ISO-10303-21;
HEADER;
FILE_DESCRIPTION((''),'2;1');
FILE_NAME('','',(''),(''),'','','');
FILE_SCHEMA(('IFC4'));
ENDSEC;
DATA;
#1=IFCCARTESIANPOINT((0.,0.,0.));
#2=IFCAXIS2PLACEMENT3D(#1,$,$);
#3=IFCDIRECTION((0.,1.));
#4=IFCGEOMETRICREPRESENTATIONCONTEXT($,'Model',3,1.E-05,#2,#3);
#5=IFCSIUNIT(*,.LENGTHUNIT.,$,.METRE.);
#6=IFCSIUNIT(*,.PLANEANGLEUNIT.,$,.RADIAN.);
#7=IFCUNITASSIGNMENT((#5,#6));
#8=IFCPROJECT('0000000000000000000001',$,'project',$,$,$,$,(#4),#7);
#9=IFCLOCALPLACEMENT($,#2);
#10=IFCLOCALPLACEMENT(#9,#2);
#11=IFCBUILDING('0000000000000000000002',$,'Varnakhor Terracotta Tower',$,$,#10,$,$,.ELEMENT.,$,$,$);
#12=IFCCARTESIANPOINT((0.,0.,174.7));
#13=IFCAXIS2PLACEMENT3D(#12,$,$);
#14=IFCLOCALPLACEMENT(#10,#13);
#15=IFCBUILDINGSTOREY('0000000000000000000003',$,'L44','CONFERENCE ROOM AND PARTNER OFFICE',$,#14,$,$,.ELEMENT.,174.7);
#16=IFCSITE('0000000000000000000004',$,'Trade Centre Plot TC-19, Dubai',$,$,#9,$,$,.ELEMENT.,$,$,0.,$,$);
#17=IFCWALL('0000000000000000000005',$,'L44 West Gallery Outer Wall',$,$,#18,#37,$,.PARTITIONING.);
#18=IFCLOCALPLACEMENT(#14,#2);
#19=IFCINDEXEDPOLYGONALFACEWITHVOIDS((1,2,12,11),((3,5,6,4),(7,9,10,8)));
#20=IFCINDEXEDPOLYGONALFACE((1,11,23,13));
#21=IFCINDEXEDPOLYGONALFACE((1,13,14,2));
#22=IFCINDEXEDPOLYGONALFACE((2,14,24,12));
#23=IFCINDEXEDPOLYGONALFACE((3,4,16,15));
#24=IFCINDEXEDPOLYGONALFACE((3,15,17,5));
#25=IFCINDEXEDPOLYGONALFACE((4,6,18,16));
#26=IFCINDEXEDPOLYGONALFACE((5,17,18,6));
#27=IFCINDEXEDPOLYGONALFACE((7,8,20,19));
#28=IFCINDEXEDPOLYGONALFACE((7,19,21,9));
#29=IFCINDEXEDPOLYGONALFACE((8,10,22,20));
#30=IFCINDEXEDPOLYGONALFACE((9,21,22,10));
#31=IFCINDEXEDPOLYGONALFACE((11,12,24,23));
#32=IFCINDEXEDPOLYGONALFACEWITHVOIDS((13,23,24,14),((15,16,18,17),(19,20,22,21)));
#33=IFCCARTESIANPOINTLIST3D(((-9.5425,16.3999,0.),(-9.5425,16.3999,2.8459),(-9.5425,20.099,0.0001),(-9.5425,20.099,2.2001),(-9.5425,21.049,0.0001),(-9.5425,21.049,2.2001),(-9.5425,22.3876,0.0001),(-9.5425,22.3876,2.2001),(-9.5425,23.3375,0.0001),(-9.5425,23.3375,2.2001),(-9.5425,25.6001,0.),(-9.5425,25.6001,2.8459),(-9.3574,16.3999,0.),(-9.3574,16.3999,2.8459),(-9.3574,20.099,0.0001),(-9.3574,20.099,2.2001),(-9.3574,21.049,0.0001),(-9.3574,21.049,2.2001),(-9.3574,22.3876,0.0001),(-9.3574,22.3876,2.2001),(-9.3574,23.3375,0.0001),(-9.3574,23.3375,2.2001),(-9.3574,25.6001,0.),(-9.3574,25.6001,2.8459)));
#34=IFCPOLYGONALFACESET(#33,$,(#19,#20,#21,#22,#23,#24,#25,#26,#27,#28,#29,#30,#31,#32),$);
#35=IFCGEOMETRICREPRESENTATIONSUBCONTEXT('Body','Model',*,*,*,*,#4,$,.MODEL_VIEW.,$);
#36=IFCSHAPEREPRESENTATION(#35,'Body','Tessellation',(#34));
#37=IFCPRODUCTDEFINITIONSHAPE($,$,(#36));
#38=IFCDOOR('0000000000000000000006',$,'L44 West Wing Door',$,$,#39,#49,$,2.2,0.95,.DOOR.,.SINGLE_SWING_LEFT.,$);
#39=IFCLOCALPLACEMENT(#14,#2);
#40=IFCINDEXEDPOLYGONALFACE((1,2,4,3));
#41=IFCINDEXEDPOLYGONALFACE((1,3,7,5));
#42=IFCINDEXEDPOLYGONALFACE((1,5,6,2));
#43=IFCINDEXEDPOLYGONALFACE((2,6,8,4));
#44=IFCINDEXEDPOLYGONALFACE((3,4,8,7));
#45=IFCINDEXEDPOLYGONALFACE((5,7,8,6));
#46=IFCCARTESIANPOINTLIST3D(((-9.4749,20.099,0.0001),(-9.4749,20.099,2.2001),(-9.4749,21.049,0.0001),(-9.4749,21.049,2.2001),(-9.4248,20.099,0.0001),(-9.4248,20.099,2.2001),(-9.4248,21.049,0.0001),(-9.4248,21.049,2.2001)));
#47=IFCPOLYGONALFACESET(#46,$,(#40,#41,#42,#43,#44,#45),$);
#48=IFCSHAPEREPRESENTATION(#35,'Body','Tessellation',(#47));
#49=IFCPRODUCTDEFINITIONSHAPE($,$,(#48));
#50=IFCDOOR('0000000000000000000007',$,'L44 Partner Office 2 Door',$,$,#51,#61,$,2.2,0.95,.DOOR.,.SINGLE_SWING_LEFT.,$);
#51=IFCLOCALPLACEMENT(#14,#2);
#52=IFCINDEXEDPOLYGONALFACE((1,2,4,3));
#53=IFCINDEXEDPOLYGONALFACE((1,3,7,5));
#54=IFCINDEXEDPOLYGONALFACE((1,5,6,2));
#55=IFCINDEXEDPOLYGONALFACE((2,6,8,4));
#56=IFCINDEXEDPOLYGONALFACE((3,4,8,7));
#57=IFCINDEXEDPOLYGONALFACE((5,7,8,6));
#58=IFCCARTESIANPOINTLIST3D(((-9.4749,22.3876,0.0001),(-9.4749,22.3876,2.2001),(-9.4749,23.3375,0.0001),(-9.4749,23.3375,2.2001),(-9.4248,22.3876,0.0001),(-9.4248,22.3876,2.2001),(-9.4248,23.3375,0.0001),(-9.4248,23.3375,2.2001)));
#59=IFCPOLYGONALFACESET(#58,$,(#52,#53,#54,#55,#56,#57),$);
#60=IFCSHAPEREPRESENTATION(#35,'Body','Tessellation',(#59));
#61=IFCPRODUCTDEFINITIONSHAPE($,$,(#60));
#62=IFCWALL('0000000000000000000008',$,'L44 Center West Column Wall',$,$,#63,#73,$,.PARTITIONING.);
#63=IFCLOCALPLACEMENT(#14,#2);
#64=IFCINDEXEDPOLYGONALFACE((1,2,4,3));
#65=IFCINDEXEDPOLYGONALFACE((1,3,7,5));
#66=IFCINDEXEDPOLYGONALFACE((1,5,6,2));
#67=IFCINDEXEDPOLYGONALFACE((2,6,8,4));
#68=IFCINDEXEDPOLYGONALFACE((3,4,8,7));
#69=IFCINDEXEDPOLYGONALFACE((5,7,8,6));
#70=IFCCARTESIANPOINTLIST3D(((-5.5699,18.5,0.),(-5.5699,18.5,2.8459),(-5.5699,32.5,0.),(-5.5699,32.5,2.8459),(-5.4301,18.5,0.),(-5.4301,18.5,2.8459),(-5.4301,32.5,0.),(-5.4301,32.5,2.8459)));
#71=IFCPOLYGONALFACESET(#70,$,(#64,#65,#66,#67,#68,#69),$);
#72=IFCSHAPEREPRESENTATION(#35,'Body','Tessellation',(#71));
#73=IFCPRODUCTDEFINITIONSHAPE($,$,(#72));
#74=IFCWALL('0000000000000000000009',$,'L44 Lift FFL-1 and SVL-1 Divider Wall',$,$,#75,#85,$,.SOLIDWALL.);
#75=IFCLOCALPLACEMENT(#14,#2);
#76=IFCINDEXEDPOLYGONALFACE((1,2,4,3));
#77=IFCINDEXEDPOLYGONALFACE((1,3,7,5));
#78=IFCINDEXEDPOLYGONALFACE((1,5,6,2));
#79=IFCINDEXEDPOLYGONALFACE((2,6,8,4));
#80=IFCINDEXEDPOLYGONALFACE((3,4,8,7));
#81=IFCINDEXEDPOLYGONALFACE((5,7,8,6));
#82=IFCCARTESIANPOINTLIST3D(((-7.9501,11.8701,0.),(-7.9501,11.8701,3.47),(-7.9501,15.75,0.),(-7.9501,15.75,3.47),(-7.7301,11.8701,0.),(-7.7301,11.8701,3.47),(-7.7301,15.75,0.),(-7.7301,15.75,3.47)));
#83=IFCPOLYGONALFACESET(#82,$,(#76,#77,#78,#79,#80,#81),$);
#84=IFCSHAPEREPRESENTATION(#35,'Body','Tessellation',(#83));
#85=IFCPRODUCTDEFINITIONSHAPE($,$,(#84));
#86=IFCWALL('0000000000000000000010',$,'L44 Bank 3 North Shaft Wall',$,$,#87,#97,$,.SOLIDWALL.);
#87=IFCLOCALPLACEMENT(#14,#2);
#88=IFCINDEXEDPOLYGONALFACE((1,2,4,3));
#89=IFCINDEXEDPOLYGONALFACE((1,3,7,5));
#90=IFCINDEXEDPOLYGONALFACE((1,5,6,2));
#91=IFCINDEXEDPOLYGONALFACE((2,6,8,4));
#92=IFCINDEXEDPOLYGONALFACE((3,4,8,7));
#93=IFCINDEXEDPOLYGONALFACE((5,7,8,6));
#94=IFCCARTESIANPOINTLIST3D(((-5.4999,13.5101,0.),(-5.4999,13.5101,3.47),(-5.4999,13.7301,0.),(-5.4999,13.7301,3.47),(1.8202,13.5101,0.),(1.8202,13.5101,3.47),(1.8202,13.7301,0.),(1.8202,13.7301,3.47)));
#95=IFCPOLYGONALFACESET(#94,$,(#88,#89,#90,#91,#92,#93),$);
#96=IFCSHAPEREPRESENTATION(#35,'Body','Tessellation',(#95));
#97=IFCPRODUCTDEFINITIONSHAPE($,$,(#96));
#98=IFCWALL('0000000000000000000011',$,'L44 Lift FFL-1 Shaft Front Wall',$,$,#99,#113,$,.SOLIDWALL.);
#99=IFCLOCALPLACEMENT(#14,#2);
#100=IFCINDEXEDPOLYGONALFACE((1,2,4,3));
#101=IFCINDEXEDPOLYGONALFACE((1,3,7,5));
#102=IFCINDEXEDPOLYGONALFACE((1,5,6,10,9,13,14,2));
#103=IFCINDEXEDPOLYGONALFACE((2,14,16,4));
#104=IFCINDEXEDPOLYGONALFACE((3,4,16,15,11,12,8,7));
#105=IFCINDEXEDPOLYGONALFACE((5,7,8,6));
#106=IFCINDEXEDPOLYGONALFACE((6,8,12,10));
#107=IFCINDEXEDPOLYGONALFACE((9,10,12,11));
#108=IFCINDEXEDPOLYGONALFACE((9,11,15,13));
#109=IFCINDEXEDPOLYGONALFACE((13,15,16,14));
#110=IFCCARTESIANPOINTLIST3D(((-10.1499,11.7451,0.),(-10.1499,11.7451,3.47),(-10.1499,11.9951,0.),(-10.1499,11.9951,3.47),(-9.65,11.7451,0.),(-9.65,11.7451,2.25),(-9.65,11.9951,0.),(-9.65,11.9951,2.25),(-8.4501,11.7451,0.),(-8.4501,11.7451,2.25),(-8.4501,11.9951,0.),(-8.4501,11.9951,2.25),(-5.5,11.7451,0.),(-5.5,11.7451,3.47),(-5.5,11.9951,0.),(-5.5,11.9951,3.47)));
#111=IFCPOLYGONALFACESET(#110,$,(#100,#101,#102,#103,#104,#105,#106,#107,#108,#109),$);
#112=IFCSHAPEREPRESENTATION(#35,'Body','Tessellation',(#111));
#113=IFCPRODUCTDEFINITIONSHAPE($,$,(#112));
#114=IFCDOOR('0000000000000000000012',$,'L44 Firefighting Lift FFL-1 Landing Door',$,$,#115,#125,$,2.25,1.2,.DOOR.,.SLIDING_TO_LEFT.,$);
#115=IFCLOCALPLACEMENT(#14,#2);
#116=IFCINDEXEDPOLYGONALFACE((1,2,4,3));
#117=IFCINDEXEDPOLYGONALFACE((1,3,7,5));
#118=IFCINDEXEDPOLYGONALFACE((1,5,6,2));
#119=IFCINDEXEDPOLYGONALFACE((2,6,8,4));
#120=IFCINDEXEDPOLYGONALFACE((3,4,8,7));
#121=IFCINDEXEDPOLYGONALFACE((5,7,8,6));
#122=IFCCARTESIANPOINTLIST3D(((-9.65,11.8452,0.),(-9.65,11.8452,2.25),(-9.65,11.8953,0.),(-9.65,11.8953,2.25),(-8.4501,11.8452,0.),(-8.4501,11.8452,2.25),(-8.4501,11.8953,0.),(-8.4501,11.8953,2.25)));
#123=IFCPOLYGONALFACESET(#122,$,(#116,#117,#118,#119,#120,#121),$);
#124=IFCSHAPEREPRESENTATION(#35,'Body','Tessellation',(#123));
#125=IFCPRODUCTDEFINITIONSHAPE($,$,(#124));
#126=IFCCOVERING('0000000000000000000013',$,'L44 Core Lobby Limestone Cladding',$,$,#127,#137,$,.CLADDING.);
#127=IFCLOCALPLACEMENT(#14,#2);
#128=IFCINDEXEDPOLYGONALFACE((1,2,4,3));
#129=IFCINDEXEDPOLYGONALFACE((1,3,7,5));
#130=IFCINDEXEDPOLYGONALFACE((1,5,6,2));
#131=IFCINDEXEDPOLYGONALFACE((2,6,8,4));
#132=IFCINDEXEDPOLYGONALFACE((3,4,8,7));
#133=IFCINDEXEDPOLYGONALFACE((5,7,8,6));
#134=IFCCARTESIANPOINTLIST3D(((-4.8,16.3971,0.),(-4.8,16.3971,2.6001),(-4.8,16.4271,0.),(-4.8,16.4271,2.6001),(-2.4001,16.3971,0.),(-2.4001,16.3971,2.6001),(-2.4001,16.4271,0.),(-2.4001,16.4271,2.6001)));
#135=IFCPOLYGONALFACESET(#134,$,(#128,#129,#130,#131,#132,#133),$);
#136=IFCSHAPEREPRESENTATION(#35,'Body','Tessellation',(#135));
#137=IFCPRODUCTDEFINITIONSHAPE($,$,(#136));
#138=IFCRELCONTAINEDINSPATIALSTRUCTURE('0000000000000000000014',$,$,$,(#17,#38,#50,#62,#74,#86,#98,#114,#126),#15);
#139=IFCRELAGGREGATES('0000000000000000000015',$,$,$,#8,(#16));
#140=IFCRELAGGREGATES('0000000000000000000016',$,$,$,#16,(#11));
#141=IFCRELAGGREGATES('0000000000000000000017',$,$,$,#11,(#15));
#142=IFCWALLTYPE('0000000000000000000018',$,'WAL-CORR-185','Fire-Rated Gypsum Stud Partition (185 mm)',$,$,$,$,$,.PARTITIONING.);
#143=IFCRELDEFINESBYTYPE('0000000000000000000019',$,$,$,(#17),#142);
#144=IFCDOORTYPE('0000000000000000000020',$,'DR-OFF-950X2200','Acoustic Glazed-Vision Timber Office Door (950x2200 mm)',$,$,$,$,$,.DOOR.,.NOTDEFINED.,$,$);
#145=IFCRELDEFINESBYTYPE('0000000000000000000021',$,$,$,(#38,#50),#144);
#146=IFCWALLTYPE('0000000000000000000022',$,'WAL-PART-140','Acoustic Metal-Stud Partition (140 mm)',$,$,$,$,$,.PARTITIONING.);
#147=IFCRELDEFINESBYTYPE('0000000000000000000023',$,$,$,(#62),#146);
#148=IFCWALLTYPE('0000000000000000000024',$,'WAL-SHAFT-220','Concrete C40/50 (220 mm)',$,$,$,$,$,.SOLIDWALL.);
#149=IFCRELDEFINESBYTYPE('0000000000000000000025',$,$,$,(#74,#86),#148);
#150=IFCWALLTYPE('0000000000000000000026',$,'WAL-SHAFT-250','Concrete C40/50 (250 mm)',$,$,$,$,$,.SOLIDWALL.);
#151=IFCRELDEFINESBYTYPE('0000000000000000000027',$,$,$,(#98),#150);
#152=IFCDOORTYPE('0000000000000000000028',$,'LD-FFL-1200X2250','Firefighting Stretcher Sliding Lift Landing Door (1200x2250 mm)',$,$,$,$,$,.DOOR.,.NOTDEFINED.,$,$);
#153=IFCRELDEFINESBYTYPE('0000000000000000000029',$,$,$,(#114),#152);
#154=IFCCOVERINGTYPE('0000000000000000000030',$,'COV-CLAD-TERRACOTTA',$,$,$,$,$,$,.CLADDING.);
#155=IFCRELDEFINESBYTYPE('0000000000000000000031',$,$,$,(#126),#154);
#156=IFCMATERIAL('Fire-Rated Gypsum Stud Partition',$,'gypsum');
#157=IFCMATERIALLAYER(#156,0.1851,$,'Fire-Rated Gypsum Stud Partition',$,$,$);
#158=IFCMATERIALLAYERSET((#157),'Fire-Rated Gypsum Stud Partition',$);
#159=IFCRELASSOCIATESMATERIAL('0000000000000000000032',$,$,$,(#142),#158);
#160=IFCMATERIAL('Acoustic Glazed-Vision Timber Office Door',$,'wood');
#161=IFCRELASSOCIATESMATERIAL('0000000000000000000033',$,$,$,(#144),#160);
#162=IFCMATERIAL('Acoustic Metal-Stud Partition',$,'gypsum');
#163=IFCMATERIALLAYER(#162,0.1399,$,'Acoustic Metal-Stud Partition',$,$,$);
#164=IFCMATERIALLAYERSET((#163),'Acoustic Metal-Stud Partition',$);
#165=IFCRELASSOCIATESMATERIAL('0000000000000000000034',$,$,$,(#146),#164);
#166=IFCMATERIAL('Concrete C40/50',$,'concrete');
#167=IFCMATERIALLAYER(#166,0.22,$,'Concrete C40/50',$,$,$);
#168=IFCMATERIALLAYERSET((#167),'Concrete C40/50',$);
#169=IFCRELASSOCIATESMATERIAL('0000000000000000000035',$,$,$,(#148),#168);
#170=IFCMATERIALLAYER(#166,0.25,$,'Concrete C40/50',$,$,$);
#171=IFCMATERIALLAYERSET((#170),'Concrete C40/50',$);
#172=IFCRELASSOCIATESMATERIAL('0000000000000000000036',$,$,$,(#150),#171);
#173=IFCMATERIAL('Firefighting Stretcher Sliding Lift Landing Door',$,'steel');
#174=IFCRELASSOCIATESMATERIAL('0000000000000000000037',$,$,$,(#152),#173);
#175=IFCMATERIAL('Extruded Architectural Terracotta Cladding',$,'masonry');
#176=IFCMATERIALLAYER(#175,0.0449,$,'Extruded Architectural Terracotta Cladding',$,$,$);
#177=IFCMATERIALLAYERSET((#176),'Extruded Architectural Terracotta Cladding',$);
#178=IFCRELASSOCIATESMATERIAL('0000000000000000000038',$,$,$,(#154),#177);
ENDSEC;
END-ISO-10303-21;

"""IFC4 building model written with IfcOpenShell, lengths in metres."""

from ifc_helpers import new_model, si_unit, direction, frame, frame_2d, origin, origin_2d, place, context, subcontext, project, spatial, rectangle, extrude, source, transform, mapped, material, layer, layer_set, type_object, type_shapes, element, fill, save


model = new_model("IFC4")

# Units and contexts
model_context = context("Model", 3, precision=1e-05, world=origin(), true_north=direction((0.0, 1.0)))
body_context = subcontext(model_context, "Body", "Model", "MODEL_VIEW")
ifc_project = project(units=[si_unit("LENGTHUNIT", "METRE"), si_unit("PLANEANGLEUNIT", "RADIAN")], contexts=[model_context])

# Site, building, storey
site_placement = place(None, origin())
site = spatial("IfcSite", under=ifc_project, at=site_placement, Name="Trade Centre Plot TC-19, Dubai", CompositionType="ELEMENT", RefElevation=0.0)
building_placement = place(site_placement, origin())
building = spatial("IfcBuilding", under=site, at=building_placement, Name="Varnakhor Terracotta Tower", CompositionType="ELEMENT")
storey_placement = place(building_placement, frame((0.0, 0.0, 174.7)))
storey = spatial("IfcBuildingStorey", under=building, at=storey_placement, Name="L44", Description="CONFERENCE ROOM AND PARTNER OFFICE", CompositionType="ELEMENT", Elevation=174.7)

# Shared definitions
ifc_material_1 = material(Name="Fire-Rated Gypsum Stud Partition", Category="gypsum")
ifc_layer_1 = layer(ifc_material_1, 0.1851, Name="Fire-Rated Gypsum Stud Partition")
ifc_layer_set_1 = layer_set([ifc_layer_1], Name="Fire-Rated Gypsum Stud Partition")
wall_type_1 = type_object("IfcWallType", Name="WAL-CORR-185", Description="Fire-Rated Gypsum Stud Partition (185 mm)", PredefinedType="PARTITIONING", material=ifc_layer_set_1)
ifc_material_2 = material(Name="Acoustic Glazed-Vision Timber Office Door", Category="wood")
door_type_1 = type_object("IfcDoorType", Name="DR-OFF-950X2200", Description="Acoustic Glazed-Vision Timber Office Door (950x2200 mm)", OperationType="NOTDEFINED", PredefinedType="DOOR", material=ifc_material_2)
shared_shape_1 = source(origin(), body_context, "Body", "SweptSolid", [
    extrude(rectangle(XDim=0.95, YDim=2.2, at=frame_2d((0.4751, 1.1001))), frame((0.0, 0.0249, 0.0), z_axis=(0.0, -1.0, 0.0), x_axis=(1.0, 0.0, 0.0)), (0.0, 0.0, 1.0), 0.05),
])
type_shapes(door_type_1, [shared_shape_1])

# Wall, openings, doors
wall_1_placement = place(storey_placement, frame((-9.45, 16.3999, 0.0), z_axis=(0.0, 0.0, 1.0), x_axis=(0.0, 1.0, 0.0)))
wall_1 = element("IfcWall", 1, at=wall_1_placement, inside=storey, type_object=wall_type_1, Name="L44 West Gallery Outer Wall", PredefinedType="PARTITIONING", context=body_context, shape_type="SweptSolid", body=[
    extrude(rectangle(XDim=9.2002, YDim=0.1851, at=frame_2d((4.6001, 0.0))), origin(), (0.0, 0.0, 1.0), 2.8459),
])
opening_1_placement = place(wall_1_placement, frame((3.699, 0.0, 0.0)))
opening_1 = element("IfcOpeningElement", 2, at=opening_1_placement, cuts=wall_1, PredefinedType="OPENING", context=body_context, shape_type="SweptSolid", body=[
    extrude(rectangle(XDim=0.95, YDim=2.2, at=frame_2d((0.4751, 1.1001))), frame((0.0, 0.1025, 0.0), z_axis=(0.0, -1.0, 0.0), x_axis=(1.0, 0.0, 0.0)), (0.0, 0.0, 1.0), 0.2051),
])
opening_2_placement = place(wall_1_placement, frame((5.9875, 0.0, 0.0)))
opening_2 = element("IfcOpeningElement", 3, at=opening_2_placement, cuts=wall_1, PredefinedType="OPENING", context=body_context, shape_type="SweptSolid", body=[
    extrude(rectangle(XDim=0.95, YDim=2.2, at=frame_2d((0.4751, 1.1001))), frame((0.0, 0.1025, 0.0), z_axis=(0.0, -1.0, 0.0), x_axis=(1.0, 0.0, 0.0)), (0.0, 0.0, 1.0), 0.2051),
])
door_1_placement = place(opening_1_placement, origin())
door_1 = element("IfcDoor", 4, at=door_1_placement, inside=storey, type_object=door_type_1, Name="L44 West Wing Door", OperationType="SINGLE_SWING_LEFT", OverallHeight=2.2, OverallWidth=0.95, PredefinedType="DOOR", context=body_context, shape_type="MappedRepresentation", body=[
    mapped(shared_shape_1, transform((0.0, 0.0, 0.0), scale=1.0)),
])
fill(opening_1, door_1)
door_2_placement = place(opening_2_placement, origin())
door_2 = element("IfcDoor", 5, at=door_2_placement, inside=storey, type_object=door_type_1, Name="L44 Partner Office 2 Door", OperationType="SINGLE_SWING_LEFT", OverallHeight=2.2, OverallWidth=0.95, PredefinedType="DOOR", context=body_context, shape_type="MappedRepresentation", body=[
    mapped(shared_shape_1, transform((0.0, 0.0, 0.0), scale=1.0)),
])
fill(opening_2, door_2)

# Walls
ifc_material_3 = material(Name="Acoustic Metal-Stud Partition", Category="gypsum")
ifc_layer_2 = layer(ifc_material_3, 0.1399, Name="Acoustic Metal-Stud Partition")
ifc_layer_set_2 = layer_set([ifc_layer_2], Name="Acoustic Metal-Stud Partition")
wall_type_2 = type_object("IfcWallType", Name="WAL-PART-140", Description="Acoustic Metal-Stud Partition (140 mm)", PredefinedType="PARTITIONING", material=ifc_layer_set_2)
wall_2_placement = place(storey_placement, frame((-5.5, 18.5, 0.0), z_axis=(0.0, 0.0, 1.0), x_axis=(0.0, 1.0, 0.0)))
element("IfcWall", 6, at=wall_2_placement, inside=storey, type_object=wall_type_2, Name="L44 Center West Column Wall", PredefinedType="PARTITIONING", context=body_context, shape_type="SweptSolid", body=[
    extrude(rectangle(XDim=14.0, YDim=0.1399, at=frame_2d((7.0, 0.0))), origin(), (0.0, 0.0, 1.0), 2.8459),
])
ifc_material_4 = material(Name="Concrete C40/50", Category="concrete")
ifc_layer_3 = layer(ifc_material_4, 0.22, Name="Concrete C40/50")
ifc_layer_set_3 = layer_set([ifc_layer_3], Name="Concrete C40/50")
wall_type_3 = type_object("IfcWallType", Name="WAL-SHAFT-220", Description="Concrete C40/50 (220 mm)", PredefinedType="SOLIDWALL", material=ifc_layer_set_3)
wall_3_placement = place(storey_placement, frame((-7.8401, 11.8701, 0.0), z_axis=(0.0, 0.0, 1.0), x_axis=(0.0, 1.0, 0.0)))
element("IfcWall", 7, at=wall_3_placement, inside=storey, type_object=wall_type_3, Name="L44 Lift FFL-1 and SVL-1 Divider Wall", PredefinedType="SOLIDWALL", context=body_context, shape_type="SweptSolid", body=[
    extrude(rectangle(XDim=3.8799, YDim=0.22, at=frame_2d((1.9399, 0.0))), origin(), (0.0, 0.0, 1.0), 3.47),
])
wall_4_placement = place(storey_placement, frame((-5.5, 13.6201, 0.0), z_axis=(0.0, 0.0, 1.0), x_axis=(1.0, 0.0, 0.0)))
element("IfcWall", 8, at=wall_4_placement, inside=storey, type_object=wall_type_3, Name="L44 Bank 3 North Shaft Wall", PredefinedType="SOLIDWALL", context=body_context, shape_type="SweptSolid", body=[
    extrude(rectangle(XDim=7.3201, YDim=0.22, at=frame_2d((3.6602, 0.0))), origin(), (0.0, 0.0, 1.0), 3.47),
])

# Wall, opening, door
ifc_layer_4 = layer(ifc_material_4, 0.25, Name="Concrete C40/50")
ifc_layer_set_4 = layer_set([ifc_layer_4], Name="Concrete C40/50")
wall_type_4 = type_object("IfcWallType", Name="WAL-SHAFT-250", Description="Concrete C40/50 (250 mm)", PredefinedType="SOLIDWALL", material=ifc_layer_set_4)
wall_5_placement = place(storey_placement, frame((-5.5, 11.8701, 0.0), z_axis=(0.0, 0.0, 1.0), x_axis=(-1.0, 0.0, 0.0)))
wall_5 = element("IfcWall", 9, at=wall_5_placement, inside=storey, type_object=wall_type_4, Name="L44 Lift FFL-1 Shaft Front Wall", PredefinedType="SOLIDWALL", context=body_context, shape_type="SweptSolid", body=[
    extrude(rectangle(XDim=4.6499, YDim=0.25, at=frame_2d((2.325, 0.0))), origin(), (0.0, 0.0, 1.0), 3.47),
])
opening_3_placement = place(wall_5_placement, frame((2.95, 0.0, 0.0)))
opening_3 = element("IfcOpeningElement", 10, at=opening_3_placement, cuts=wall_5, PredefinedType="OPENING", context=body_context, shape_type="SweptSolid", body=[
    extrude(rectangle(XDim=1.2, YDim=2.25, at=frame_2d((0.6001, 1.125))), frame((0.0, 0.135, 0.0), z_axis=(0.0, -1.0, 0.0), x_axis=(1.0, 0.0, 0.0)), (0.0, 0.0, 1.0), 0.27),
])
ifc_material_5 = material(Name="Firefighting Stretcher Sliding Lift Landing Door", Category="steel")
door_type_2 = type_object("IfcDoorType", Name="LD-FFL-1200X2250", Description="Firefighting Stretcher Sliding Lift Landing Door (1200x2250 mm)", OperationType="NOTDEFINED", PredefinedType="DOOR", material=ifc_material_5)
shared_shape_2 = source(origin(), body_context, "Body", "SweptSolid", [
    extrude(rectangle(XDim=1.2, YDim=2.25, at=frame_2d((0.6001, 1.125))), frame((0.0, 0.0249, 0.0), z_axis=(0.0, -1.0, 0.0), x_axis=(1.0, 0.0, 0.0)), (0.0, 0.0, 1.0), 0.05),
])
type_shapes(door_type_2, [shared_shape_2])
door_3_placement = place(opening_3_placement, origin())
door_3 = element("IfcDoor", 11, at=door_3_placement, inside=storey, type_object=door_type_2, Name="L44 Firefighting Lift FFL-1 Landing Door", OperationType="SLIDING_TO_LEFT", OverallHeight=2.25, OverallWidth=1.2, PredefinedType="DOOR", context=body_context, shape_type="MappedRepresentation", body=[
    mapped(shared_shape_2, transform((0.0, 0.0, 0.0), scale=1.0)),
])
fill(opening_3, door_3)

# Covering
ifc_material_6 = material(Name="Extruded Architectural Terracotta Cladding", Category="masonry")
ifc_layer_5 = layer(ifc_material_6, 0.0449, Name="Extruded Architectural Terracotta Cladding")
ifc_layer_set_5 = layer_set([ifc_layer_5], Name="Extruded Architectural Terracotta Cladding")
covering_type = type_object("IfcCoveringType", Name="COV-CLAD-TERRACOTTA", PredefinedType="CLADDING", material=ifc_layer_set_5)
shared_shape_3 = source(origin(), body_context, "Body", "SweptSolid", [
    extrude(rectangle(XDim=2.3999, YDim=0.03, at=origin_2d()), origin(), (0.0, 0.0, 1.0), 2.6001),
])
type_shapes(covering_type, [shared_shape_3])
covering_placement = place(storey_placement, frame((-3.6001, 16.4121, 0.0), z_axis=(0.0, 0.0, 1.0), x_axis=(1.0, 0.0, 0.0)))
element("IfcCovering", 12, at=covering_placement, inside=storey, type_object=covering_type, Name="L44 Core Lobby Limestone Cladding", PredefinedType="CLADDING", context=body_context, shape_type="MappedRepresentation", body=[
    mapped(shared_shape_3, transform((0.0, 0.0, 0.0), scale=1.0)),
])

save(model, "model.ifc")
